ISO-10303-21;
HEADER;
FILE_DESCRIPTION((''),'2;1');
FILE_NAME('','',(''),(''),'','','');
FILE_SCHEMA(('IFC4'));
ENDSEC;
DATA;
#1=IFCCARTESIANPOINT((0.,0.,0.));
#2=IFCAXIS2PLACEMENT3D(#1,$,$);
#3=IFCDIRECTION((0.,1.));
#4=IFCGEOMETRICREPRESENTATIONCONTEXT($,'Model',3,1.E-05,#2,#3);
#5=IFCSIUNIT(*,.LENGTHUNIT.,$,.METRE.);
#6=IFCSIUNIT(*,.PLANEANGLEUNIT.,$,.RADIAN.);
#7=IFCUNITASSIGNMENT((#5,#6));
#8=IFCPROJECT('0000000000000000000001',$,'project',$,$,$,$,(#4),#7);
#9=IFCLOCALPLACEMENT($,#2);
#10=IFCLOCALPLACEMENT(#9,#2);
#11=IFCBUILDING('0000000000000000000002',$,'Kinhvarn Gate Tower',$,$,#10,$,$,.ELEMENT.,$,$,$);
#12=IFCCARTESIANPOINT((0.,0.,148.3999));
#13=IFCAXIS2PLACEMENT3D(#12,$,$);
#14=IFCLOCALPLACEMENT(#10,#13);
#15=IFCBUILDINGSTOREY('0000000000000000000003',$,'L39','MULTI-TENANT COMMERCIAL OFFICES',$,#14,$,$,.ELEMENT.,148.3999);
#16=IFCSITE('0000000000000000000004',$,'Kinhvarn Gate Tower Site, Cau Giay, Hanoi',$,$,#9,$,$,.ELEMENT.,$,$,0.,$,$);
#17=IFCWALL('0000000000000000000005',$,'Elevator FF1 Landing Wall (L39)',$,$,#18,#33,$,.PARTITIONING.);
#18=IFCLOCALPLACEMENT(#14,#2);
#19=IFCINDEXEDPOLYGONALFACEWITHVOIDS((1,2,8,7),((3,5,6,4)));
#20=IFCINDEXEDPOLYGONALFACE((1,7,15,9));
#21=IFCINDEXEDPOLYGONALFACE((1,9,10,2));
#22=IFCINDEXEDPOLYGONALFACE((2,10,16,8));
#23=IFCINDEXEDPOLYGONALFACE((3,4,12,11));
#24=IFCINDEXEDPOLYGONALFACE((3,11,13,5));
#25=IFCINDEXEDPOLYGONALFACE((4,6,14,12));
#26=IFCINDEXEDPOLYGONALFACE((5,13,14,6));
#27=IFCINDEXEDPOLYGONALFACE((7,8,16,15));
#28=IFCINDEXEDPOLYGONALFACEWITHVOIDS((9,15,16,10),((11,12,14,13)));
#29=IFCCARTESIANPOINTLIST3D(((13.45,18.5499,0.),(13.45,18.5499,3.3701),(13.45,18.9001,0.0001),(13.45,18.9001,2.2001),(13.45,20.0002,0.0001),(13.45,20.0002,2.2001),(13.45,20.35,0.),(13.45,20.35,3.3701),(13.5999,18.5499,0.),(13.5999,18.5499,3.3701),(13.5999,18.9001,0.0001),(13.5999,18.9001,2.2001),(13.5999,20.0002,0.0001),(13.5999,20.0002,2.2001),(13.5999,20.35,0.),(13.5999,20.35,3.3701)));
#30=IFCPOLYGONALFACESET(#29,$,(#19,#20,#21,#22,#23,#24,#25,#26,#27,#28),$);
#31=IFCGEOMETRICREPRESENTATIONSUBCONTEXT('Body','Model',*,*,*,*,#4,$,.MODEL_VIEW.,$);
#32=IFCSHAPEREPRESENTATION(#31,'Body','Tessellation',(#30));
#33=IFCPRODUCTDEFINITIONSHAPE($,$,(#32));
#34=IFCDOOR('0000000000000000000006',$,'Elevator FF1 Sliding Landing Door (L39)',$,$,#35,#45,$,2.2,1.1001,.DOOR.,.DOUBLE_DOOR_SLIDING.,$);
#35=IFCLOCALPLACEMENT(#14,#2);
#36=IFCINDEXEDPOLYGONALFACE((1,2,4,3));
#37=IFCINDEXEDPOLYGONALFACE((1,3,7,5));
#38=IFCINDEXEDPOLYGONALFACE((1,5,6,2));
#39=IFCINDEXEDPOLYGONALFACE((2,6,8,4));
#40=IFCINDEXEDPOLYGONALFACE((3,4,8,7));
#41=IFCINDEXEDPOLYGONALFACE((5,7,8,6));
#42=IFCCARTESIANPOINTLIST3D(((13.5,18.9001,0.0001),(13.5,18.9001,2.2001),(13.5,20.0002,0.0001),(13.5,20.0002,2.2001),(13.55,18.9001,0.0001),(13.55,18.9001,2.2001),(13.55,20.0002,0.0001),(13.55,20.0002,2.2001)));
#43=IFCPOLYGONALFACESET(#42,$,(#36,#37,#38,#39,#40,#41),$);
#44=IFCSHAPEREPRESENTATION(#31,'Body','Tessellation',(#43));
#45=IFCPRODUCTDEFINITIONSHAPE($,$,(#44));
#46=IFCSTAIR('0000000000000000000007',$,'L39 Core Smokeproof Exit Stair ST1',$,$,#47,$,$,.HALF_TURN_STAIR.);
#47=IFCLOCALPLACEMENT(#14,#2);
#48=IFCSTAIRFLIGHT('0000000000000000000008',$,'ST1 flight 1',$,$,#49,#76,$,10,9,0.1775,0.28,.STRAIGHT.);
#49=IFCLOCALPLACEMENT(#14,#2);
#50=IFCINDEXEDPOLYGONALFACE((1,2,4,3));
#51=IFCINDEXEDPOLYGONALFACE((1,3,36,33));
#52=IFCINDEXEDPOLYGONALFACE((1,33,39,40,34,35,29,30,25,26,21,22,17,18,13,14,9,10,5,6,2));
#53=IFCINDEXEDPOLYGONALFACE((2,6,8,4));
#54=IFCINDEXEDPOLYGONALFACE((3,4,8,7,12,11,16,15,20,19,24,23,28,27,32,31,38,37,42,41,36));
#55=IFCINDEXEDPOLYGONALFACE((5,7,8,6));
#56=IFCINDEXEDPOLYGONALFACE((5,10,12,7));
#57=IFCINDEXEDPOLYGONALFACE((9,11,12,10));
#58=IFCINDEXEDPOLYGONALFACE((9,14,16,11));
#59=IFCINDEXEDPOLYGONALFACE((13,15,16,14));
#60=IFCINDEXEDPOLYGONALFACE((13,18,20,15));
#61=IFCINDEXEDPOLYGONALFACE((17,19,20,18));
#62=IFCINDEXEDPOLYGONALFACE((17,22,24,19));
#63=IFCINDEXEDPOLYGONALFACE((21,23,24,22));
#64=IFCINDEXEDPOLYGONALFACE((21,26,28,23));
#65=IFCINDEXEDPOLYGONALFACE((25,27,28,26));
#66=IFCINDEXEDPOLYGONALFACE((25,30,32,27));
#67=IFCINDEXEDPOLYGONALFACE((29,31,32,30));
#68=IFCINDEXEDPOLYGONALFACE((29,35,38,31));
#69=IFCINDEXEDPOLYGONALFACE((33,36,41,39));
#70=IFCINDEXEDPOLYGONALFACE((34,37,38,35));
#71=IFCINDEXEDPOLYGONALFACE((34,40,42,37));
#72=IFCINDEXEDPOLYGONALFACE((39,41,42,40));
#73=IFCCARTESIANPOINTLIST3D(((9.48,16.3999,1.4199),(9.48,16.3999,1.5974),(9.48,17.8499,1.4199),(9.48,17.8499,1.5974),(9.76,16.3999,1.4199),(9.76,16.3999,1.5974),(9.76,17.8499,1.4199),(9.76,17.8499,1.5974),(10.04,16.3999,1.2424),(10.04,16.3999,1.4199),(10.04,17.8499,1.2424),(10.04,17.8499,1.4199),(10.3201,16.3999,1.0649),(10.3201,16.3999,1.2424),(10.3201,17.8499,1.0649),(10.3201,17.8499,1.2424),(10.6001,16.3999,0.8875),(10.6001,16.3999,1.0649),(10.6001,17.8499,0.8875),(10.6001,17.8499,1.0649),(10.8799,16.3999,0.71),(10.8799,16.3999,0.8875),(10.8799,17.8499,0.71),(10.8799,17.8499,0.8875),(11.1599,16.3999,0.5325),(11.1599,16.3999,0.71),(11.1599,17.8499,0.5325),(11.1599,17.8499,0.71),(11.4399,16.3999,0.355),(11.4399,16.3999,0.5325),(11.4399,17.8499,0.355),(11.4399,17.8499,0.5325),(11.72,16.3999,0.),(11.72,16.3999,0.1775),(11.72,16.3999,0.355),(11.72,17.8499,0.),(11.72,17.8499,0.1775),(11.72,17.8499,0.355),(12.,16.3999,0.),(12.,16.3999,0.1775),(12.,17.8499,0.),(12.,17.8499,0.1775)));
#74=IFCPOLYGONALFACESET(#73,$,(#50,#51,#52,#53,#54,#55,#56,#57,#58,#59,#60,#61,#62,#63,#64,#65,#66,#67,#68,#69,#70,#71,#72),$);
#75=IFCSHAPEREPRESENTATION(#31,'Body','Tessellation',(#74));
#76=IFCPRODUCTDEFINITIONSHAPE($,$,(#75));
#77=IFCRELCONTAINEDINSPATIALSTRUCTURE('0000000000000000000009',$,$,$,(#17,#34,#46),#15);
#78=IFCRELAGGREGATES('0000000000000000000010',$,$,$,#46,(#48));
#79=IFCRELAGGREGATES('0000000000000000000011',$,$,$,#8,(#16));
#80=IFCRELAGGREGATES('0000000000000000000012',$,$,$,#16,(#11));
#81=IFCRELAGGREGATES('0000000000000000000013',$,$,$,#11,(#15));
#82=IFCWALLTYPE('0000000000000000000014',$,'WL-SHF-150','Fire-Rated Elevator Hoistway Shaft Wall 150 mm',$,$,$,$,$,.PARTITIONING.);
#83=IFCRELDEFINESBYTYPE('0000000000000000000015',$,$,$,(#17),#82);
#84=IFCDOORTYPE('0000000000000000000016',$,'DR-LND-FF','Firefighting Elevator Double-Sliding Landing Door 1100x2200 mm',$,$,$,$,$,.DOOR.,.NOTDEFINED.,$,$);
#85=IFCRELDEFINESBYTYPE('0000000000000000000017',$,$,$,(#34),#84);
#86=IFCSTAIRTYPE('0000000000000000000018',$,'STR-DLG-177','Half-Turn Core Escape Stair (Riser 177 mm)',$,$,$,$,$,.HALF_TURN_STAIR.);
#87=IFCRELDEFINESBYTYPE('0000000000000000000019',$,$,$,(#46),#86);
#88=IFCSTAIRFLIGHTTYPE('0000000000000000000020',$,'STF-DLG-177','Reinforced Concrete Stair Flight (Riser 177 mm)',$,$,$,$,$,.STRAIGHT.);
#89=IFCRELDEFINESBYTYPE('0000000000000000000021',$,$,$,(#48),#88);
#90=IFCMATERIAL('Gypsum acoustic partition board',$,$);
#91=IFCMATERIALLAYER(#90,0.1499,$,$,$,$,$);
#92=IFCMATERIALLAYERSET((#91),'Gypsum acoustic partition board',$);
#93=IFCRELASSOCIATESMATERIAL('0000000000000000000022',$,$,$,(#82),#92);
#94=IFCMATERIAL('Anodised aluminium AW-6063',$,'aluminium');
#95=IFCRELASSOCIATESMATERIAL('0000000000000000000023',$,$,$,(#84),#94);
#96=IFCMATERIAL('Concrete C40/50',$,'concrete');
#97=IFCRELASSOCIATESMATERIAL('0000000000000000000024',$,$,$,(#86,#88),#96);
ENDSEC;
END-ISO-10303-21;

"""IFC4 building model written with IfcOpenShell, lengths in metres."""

from ifc_helpers import new_model, si_unit, direction, frame, frame_2d, origin, place, context, subcontext, project, spatial, polyline, rectangle, outline, extrude, material, layer, layer_set, type_object, element, fill, aggregate, save


model = new_model("IFC4")

# Units and contexts
model_context = context("Model", 3, precision=1e-05, world=origin(), true_north=direction((0.0, 1.0)))
body_context = subcontext(model_context, "Body", "Model", "MODEL_VIEW")
ifc_project = project(units=[si_unit("LENGTHUNIT", "METRE"), si_unit("PLANEANGLEUNIT", "RADIAN")], contexts=[model_context])

# Site, building, storey
site_placement = place(None, origin())
site = spatial("IfcSite", under=ifc_project, at=site_placement, Name="Kinhvarn Gate Tower Site, Cau Giay, Hanoi", CompositionType="ELEMENT", RefElevation=0.0)
building_placement = place(site_placement, origin())
building = spatial("IfcBuilding", under=site, at=building_placement, Name="Kinhvarn Gate Tower", CompositionType="ELEMENT")
storey_placement = place(building_placement, frame((0.0, 0.0, 148.3999)))
storey = spatial("IfcBuildingStorey", under=building, at=storey_placement, Name="L39", Description="MULTI-TENANT COMMERCIAL OFFICES", CompositionType="ELEMENT", Elevation=148.3999)

# Shared definitions
ifc_material_1 = material(Name="Anodised aluminium AW-6063", Category="aluminium")

# Shared definitions
ifc_material_2 = material(Name="Gypsum acoustic partition board")

# Wall, opening, door
ifc_layer_1 = layer(ifc_material_2, 0.1499)
ifc_layer_set_1 = layer_set([ifc_layer_1], Name="Gypsum acoustic partition board")
wall_type_1 = type_object("IfcWallType", Name="WL-SHF-150", Description="Fire-Rated Elevator Hoistway Shaft Wall 150 mm", PredefinedType="PARTITIONING", material=ifc_layer_set_1)
wall_1_placement = place(storey_placement, frame((13.5249, 18.55, 0.0), z_axis=(0.0, 0.0, 1.0), x_axis=(0.0, 1.0, 0.0)))
wall_1 = element("IfcWall", 1, at=wall_1_placement, inside=storey, type_object=wall_type_1, Name="Elevator FF1 Landing Wall (L39)", PredefinedType="PARTITIONING", context=body_context, shape_type="SweptSolid", body=[
    extrude(rectangle(XDim=1.8, YDim=0.1499, at=frame_2d((0.8999, 0.0))), origin(), (0.0, 0.0, 1.0), 3.3701),
])
opening_1_placement = place(wall_1_placement, frame((0.3501, 0.0, 0.0)))
opening_1 = element("IfcOpeningElement", 2, at=opening_1_placement, cuts=wall_1, PredefinedType="OPENING", context=body_context, shape_type="SweptSolid", body=[
    extrude(rectangle(XDim=1.1001, YDim=2.2, at=frame_2d((0.55, 1.1001))), frame((0.0, 0.085, 0.0), z_axis=(0.0, -1.0, 0.0), x_axis=(1.0, 0.0, 0.0)), (0.0, 0.0, 1.0), 0.1699),
])
door_type_1 = type_object("IfcDoorType", Name="DR-LND-FF", Description="Firefighting Elevator Double-Sliding Landing Door 1100x2200 mm", OperationType="NOTDEFINED", PredefinedType="DOOR", material=ifc_material_1)
door_1_placement = place(opening_1_placement, origin())
door_1 = element("IfcDoor", 3, at=door_1_placement, inside=storey, type_object=door_type_1, Name="Elevator FF1 Sliding Landing Door (L39)", OperationType="DOUBLE_DOOR_SLIDING", OverallHeight=2.2, OverallWidth=1.1001, PredefinedType="DOOR", context=body_context, shape_type="SweptSolid", body=[
    extrude(rectangle(XDim=1.1001, YDim=2.2, at=frame_2d((0.55, 1.1001))), frame((0.0, 0.0249, 0.0), z_axis=(0.0, -1.0, 0.0), x_axis=(1.0, 0.0, 0.0)), (0.0, 0.0, 1.0), 0.05),
])
fill(opening_1, door_1)
ifc_material_3 = material(Name="Concrete C40/50", Category="concrete")

# Stair, stair flight
stair_type = type_object("IfcStairType", Name="STR-DLG-177", Description="Half-Turn Core Escape Stair (Riser 177 mm)", PredefinedType="HALF_TURN_STAIR", material=ifc_material_3)
stair_placement = place(storey_placement, origin())
stair = element("IfcStair", 4, at=stair_placement, inside=storey, type_object=stair_type, Name="L39 Core Smokeproof Exit Stair ST1", PredefinedType="HALF_TURN_STAIR")
stair_flight_type = type_object("IfcStairFlightType", Name="STF-DLG-177", Description="Reinforced Concrete Stair Flight (Riser 177 mm)", PredefinedType="STRAIGHT", material=ifc_material_3)
stair_flight_placement = place(storey_placement, frame((12.0, 17.125, 0.0), z_axis=(0.0, 0.0, 1.0), x_axis=(-1.0, 0.0, 0.0)))
stair_flight = element("IfcStairFlight", 5, at=stair_flight_placement, type_object=stair_flight_type, Name="ST1 flight 1", NumberOfRisers=10, NumberOfTreads=9, PredefinedType="STRAIGHT", RiserHeight=0.1775, TreadLength=0.28, context=body_context, shape_type="SweptSolid", body=[
    extrude(outline(polyline([(0.0, 0.0), (0.0, 0.1775), (0.28, 0.1775), (0.28, 0.355), (0.5601, 0.355), (0.5601, 0.5325), (0.8401, 0.5325), (0.8401, 0.71), (1.1201, 0.71), (1.1201, 0.8875), (1.3999, 0.8875), (1.3999, 1.0649), (1.6799, 1.0649), (1.6799, 1.2424), (1.96, 1.2424), (1.96, 1.4199), (2.24, 1.4199), (2.24, 1.5974), (2.52, 1.5974), (2.52, 1.7749), (2.52, 1.4199), (0.28, 0.0), (0.0, 0.0)])), frame((0.0, 0.7251, 0.0), z_axis=(0.0, -1.0, 0.0), x_axis=(1.0, 0.0, 0.0)), (0.0, 0.0, 1.0), 1.45),
])
aggregate(stair, [stair_flight])

save(model, "model.ifc")
